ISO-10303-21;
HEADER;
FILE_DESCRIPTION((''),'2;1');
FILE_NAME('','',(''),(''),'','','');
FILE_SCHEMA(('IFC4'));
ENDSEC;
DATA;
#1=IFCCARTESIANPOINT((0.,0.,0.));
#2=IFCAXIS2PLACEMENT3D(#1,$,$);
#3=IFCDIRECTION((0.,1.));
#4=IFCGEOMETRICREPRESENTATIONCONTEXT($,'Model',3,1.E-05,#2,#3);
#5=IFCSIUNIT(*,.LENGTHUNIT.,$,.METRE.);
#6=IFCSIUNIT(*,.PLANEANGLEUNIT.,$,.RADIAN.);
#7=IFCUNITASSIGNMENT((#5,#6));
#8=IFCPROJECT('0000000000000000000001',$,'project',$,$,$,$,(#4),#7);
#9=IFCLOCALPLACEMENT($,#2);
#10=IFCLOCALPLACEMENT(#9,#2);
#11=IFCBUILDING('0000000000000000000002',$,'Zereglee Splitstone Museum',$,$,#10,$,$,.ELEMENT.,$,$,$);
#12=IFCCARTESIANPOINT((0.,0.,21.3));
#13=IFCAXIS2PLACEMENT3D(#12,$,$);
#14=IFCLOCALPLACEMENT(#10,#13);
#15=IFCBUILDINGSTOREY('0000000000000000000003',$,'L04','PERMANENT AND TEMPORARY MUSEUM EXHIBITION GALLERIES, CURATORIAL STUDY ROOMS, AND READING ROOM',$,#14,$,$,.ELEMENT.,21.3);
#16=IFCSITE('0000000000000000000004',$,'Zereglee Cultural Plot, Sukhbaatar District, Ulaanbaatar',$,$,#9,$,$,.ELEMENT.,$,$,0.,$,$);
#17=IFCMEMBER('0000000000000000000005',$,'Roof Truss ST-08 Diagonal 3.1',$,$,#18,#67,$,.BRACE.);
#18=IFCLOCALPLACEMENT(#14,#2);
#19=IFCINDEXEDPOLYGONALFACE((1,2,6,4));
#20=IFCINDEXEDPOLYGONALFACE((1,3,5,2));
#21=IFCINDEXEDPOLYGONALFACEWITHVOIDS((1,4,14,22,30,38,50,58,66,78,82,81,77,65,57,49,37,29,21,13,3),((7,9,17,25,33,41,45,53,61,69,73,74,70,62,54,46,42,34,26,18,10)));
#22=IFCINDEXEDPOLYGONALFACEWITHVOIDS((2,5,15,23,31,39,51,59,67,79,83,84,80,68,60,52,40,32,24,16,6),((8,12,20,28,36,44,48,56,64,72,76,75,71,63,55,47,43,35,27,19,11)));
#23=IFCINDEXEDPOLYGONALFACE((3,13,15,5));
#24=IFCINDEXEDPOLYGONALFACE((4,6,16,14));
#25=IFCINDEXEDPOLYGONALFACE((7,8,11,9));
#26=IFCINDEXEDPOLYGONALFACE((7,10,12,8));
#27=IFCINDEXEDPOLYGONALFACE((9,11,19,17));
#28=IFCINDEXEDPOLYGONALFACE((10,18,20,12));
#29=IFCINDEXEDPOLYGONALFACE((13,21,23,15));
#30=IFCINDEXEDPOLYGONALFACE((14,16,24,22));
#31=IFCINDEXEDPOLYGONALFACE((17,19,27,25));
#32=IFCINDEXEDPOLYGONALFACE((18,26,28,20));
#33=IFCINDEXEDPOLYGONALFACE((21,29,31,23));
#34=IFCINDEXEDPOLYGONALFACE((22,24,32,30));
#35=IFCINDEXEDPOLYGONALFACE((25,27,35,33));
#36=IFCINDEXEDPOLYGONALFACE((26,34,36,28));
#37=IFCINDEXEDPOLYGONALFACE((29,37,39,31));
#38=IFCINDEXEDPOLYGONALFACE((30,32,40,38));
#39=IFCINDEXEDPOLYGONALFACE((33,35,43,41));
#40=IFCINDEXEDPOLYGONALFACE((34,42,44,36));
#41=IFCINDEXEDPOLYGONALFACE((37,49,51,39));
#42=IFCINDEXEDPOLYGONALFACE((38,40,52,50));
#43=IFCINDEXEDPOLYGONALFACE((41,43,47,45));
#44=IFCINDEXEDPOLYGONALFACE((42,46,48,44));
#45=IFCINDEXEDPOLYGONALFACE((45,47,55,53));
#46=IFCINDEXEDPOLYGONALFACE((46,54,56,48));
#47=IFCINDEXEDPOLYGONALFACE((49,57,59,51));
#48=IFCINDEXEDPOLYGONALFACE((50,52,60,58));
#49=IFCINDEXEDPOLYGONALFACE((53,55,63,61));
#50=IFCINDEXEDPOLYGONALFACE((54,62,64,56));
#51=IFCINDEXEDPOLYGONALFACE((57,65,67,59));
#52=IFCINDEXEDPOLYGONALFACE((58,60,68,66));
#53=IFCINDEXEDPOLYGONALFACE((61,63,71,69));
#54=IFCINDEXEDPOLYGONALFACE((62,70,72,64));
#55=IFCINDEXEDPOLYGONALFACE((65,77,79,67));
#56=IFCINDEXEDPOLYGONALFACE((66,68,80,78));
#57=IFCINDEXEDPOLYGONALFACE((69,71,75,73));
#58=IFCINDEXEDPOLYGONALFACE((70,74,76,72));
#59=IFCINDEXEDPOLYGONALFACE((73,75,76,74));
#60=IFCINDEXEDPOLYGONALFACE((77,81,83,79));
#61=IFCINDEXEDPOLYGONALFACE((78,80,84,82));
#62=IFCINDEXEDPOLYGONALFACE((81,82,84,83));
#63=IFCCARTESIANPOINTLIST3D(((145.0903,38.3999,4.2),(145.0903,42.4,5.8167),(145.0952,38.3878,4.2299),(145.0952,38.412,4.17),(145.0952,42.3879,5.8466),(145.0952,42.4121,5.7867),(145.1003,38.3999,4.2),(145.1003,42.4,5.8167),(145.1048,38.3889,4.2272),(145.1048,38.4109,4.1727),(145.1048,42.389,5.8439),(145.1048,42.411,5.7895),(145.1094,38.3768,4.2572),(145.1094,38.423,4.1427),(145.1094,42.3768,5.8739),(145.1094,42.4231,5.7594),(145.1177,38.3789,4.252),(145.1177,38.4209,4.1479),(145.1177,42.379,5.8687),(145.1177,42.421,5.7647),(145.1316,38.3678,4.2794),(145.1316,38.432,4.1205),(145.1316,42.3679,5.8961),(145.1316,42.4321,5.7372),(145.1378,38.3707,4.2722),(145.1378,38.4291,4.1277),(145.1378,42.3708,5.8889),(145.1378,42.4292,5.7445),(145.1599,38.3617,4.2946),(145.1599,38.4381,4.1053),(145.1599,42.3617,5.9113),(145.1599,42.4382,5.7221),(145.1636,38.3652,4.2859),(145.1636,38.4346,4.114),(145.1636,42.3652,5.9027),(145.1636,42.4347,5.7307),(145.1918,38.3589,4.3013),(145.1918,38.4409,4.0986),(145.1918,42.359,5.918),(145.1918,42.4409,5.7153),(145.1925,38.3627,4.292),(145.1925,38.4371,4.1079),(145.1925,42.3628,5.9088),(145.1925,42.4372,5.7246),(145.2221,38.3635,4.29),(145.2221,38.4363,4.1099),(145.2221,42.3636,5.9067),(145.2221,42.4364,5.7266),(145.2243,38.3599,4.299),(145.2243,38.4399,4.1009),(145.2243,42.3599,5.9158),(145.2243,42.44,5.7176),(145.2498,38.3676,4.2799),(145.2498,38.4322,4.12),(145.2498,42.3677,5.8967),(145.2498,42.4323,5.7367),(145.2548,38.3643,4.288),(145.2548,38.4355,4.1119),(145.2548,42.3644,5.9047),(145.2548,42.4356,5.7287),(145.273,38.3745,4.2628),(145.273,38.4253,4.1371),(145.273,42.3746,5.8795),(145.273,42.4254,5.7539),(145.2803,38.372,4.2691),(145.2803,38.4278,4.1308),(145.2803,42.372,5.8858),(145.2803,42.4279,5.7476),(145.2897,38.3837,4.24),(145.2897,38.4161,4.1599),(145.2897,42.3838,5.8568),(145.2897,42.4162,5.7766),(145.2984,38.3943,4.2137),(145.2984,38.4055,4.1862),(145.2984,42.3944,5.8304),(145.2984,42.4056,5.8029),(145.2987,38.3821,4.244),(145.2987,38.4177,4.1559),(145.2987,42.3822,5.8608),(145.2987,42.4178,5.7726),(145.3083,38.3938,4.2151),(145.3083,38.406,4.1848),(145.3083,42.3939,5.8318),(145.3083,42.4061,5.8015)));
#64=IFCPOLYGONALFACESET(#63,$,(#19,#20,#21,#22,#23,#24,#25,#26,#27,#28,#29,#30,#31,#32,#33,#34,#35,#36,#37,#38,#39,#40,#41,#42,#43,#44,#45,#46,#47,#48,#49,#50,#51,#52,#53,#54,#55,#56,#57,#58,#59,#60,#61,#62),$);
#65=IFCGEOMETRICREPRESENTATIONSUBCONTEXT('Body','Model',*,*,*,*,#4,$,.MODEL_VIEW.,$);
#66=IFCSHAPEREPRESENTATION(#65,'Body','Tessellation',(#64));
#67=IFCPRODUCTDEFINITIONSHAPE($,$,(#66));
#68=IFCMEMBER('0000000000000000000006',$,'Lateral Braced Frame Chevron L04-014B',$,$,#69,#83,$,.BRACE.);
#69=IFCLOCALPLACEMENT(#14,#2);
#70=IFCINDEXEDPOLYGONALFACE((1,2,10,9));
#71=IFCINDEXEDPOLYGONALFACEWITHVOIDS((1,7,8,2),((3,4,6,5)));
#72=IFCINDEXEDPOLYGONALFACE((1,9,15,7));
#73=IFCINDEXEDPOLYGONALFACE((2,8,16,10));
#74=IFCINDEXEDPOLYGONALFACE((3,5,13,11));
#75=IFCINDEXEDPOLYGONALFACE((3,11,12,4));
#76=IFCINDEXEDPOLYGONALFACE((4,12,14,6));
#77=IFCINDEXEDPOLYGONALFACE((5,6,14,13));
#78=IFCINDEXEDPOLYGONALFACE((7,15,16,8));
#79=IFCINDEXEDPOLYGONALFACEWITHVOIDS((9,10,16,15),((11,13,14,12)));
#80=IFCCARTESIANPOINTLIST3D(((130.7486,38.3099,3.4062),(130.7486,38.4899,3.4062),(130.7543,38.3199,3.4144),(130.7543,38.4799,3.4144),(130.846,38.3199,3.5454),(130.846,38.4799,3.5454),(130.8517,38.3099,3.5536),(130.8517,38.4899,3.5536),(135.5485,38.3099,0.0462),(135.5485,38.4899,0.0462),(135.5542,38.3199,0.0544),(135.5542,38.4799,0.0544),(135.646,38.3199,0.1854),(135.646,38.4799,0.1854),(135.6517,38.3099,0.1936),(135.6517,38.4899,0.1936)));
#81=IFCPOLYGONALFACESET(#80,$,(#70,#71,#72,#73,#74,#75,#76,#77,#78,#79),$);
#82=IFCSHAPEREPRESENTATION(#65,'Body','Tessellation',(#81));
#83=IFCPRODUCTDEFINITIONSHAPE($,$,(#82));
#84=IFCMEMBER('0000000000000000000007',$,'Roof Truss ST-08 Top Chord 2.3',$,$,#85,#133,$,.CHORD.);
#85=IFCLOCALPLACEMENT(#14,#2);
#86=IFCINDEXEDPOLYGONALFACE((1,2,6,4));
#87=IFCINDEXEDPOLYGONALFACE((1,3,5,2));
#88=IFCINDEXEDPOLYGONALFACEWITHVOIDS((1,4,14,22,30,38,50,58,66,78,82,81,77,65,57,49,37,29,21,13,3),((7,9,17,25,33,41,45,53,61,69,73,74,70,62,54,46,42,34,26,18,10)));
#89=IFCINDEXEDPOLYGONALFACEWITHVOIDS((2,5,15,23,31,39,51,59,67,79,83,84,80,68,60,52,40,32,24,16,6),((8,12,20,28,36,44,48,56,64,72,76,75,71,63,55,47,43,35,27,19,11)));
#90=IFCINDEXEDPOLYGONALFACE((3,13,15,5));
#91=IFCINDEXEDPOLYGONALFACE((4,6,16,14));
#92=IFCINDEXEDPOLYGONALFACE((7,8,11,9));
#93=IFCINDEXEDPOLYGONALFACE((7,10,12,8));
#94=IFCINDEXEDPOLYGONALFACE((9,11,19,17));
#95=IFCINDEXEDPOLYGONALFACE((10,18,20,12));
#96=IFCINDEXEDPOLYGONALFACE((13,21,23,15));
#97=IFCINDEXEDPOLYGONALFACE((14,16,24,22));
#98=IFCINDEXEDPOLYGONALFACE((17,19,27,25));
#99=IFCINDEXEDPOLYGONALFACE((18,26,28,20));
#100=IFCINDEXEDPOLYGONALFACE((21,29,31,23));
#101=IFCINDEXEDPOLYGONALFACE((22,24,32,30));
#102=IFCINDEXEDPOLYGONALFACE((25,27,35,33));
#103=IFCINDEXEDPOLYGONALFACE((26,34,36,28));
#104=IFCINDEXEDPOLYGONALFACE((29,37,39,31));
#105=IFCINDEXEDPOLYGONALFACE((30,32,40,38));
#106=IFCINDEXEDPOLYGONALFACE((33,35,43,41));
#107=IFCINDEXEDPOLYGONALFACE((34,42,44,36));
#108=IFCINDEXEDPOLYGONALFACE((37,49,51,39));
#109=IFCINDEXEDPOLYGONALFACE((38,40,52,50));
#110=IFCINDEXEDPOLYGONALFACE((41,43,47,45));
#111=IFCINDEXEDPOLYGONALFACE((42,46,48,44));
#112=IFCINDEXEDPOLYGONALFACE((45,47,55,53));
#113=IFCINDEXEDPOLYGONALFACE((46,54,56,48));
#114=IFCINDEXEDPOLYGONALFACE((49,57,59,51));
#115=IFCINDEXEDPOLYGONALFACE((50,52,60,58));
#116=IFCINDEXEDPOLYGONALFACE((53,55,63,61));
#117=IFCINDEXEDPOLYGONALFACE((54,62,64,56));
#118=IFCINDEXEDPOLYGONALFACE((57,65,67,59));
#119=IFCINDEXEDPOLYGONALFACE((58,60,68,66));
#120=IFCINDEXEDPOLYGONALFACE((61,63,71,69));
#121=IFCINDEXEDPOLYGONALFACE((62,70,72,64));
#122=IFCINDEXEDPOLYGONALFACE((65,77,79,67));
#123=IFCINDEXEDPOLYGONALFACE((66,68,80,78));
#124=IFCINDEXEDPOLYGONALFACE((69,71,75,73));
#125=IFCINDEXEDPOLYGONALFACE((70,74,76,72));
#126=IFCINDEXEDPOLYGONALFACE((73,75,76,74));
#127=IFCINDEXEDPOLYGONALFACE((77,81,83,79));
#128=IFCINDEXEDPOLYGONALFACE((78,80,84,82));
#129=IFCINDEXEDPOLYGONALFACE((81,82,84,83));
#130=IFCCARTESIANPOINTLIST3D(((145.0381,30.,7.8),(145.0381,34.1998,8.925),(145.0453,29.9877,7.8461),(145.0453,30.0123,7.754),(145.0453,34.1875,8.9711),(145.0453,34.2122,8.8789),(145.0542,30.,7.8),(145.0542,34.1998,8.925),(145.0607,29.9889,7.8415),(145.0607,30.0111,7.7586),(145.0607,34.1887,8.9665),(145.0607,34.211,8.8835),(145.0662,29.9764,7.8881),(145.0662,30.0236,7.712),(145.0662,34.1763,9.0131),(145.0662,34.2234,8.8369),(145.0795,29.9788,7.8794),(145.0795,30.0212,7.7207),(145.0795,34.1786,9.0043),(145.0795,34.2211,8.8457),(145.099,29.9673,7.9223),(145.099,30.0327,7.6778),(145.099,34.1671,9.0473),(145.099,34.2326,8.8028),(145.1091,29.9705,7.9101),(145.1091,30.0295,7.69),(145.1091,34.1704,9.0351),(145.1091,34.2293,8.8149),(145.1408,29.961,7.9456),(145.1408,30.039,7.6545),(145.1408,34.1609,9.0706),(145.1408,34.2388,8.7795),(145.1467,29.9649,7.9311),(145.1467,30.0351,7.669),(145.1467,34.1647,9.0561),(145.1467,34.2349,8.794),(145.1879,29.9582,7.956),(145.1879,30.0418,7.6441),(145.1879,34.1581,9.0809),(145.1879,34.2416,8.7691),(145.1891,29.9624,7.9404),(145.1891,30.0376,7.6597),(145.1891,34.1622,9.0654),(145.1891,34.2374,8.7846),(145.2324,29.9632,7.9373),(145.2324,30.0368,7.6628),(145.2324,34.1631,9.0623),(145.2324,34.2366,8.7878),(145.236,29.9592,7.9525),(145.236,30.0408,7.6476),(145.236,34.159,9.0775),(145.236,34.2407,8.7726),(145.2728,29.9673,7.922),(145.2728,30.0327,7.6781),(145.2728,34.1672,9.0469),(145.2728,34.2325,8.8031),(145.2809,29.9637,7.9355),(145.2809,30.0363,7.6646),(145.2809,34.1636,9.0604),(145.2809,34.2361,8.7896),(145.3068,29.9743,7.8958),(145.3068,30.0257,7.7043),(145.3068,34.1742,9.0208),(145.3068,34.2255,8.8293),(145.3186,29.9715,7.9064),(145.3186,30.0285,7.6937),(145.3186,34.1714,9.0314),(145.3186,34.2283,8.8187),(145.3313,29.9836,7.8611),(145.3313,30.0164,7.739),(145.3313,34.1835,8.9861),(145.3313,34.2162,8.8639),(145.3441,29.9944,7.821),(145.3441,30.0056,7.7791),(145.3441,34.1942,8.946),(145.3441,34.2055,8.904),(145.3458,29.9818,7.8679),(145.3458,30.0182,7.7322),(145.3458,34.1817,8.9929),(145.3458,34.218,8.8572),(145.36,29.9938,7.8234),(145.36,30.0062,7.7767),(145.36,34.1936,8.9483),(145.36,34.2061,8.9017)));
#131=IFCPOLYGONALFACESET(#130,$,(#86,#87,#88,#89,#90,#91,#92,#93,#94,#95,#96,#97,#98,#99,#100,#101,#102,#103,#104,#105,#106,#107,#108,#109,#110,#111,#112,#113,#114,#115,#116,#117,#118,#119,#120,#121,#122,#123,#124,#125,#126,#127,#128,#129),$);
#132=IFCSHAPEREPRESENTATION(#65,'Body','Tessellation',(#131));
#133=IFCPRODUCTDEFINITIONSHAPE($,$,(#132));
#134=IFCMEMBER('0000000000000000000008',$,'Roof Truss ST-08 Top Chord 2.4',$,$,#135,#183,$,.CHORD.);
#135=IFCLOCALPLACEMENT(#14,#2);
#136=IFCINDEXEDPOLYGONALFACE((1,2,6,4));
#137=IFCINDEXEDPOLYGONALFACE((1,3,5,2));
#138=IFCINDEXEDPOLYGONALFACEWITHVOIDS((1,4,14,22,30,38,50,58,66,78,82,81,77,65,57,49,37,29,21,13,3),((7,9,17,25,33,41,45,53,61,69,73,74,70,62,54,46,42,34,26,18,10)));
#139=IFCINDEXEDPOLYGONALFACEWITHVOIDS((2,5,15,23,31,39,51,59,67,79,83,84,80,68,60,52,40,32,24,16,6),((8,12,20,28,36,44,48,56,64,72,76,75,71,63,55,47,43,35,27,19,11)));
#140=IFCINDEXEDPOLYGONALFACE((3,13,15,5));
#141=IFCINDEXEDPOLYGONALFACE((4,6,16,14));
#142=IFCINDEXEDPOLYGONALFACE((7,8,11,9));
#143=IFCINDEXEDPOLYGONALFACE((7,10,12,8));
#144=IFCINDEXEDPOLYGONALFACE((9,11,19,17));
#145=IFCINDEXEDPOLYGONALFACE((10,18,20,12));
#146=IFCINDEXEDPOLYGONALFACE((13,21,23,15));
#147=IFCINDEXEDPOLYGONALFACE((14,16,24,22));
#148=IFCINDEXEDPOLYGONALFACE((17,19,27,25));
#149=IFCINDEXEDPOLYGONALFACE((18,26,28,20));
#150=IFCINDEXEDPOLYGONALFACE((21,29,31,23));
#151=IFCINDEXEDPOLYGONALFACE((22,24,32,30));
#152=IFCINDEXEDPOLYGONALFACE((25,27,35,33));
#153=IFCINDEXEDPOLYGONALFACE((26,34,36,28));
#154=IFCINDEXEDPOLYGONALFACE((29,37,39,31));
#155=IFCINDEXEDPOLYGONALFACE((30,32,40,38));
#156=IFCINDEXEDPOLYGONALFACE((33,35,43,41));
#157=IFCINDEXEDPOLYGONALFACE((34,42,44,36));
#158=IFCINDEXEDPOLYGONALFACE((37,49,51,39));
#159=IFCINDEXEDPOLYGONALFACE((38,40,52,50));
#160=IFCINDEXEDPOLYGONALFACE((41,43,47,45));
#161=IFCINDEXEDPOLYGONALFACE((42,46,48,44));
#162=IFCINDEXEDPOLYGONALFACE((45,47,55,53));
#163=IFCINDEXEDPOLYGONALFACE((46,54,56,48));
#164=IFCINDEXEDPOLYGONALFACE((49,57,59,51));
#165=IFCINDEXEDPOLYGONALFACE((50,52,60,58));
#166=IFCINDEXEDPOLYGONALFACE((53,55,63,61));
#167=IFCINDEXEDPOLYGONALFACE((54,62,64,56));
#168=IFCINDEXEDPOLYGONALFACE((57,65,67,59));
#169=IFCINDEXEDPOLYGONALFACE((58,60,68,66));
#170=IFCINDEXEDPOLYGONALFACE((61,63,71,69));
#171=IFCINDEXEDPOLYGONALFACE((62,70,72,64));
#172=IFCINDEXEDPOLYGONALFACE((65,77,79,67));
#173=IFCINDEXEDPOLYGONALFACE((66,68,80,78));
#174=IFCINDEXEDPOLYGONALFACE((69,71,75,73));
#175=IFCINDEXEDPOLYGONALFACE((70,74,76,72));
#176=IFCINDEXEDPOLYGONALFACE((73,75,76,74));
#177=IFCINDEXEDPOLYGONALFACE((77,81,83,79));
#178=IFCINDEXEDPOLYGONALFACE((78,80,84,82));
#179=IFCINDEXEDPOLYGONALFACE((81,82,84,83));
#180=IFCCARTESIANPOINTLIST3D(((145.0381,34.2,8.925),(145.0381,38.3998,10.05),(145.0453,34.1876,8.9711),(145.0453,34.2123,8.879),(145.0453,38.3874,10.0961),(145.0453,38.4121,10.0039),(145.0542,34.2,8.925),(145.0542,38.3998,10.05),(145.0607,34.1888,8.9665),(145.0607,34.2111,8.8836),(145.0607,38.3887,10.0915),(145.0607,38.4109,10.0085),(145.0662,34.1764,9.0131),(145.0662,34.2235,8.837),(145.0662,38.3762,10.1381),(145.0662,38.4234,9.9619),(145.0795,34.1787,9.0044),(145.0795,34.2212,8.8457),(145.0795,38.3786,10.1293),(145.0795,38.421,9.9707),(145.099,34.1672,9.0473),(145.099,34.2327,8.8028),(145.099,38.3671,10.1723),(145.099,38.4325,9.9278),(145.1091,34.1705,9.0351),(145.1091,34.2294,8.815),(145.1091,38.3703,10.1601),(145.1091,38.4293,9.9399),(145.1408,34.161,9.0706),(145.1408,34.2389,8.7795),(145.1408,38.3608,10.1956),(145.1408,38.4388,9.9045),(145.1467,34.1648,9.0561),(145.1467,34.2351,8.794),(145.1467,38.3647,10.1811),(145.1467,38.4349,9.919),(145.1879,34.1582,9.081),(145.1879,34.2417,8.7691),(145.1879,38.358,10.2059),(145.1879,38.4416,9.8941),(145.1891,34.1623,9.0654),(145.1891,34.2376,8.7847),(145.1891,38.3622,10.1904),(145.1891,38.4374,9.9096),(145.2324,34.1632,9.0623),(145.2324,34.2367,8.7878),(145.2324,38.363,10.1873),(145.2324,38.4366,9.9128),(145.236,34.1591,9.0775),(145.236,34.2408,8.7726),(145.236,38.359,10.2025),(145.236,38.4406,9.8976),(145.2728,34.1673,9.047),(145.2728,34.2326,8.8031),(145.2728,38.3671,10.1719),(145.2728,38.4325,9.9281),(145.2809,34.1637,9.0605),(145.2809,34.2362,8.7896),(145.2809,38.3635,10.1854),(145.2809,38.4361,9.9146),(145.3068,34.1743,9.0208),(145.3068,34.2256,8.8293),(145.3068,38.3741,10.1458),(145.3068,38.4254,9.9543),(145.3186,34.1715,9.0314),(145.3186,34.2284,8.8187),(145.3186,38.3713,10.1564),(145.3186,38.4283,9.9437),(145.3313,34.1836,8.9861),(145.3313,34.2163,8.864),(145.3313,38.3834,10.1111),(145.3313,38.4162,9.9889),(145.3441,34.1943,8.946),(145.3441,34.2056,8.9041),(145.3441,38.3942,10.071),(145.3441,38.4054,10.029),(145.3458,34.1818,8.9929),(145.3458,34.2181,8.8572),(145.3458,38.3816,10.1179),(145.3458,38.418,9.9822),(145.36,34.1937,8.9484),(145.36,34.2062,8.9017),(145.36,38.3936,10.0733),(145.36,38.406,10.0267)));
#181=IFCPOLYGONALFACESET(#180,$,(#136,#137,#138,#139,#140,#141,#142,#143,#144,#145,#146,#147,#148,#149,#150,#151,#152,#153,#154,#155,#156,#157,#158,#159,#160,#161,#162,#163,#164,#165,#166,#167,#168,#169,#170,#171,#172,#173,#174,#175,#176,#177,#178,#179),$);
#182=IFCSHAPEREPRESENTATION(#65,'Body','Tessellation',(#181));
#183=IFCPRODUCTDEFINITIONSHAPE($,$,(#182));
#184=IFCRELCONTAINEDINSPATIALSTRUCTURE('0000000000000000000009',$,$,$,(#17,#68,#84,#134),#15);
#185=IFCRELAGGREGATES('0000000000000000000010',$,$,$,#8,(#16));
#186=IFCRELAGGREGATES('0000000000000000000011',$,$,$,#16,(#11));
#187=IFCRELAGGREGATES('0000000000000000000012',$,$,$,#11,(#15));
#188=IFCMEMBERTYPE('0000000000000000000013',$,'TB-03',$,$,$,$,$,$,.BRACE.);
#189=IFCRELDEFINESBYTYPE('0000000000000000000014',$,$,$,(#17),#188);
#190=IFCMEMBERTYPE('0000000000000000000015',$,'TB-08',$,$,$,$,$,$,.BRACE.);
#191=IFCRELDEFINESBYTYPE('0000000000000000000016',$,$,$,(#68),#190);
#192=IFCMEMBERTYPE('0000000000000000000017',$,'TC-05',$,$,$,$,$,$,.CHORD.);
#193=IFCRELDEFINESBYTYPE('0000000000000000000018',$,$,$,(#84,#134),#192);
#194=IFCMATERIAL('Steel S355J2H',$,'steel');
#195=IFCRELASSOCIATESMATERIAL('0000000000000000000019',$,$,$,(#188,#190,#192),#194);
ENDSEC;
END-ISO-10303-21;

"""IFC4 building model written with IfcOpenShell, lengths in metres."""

from ifc_helpers import new_model, si_unit, direction, frame, origin, origin_2d, place, context, subcontext, project, spatial, hollow_rectangle, hollow_circle, extrude, material, material_profile, profile_set, type_object, element, save


model = new_model("IFC4")

# Units and contexts
model_context = context("Model", 3, precision=1e-05, world=origin(), true_north=direction((0.0, 1.0)))
body_context = subcontext(model_context, "Body", "Model", "MODEL_VIEW")
ifc_project = project(units=[si_unit("LENGTHUNIT", "METRE"), si_unit("PLANEANGLEUNIT", "RADIAN")], contexts=[model_context])

# Site, building, storey
site_placement = place(None, origin())
site = spatial("IfcSite", under=ifc_project, at=site_placement, Name="Zereglee Cultural Plot, Sukhbaatar District, Ulaanbaatar", CompositionType="ELEMENT", RefElevation=0.0)
building_placement = place(site_placement, origin())
building = spatial("IfcBuilding", under=site, at=building_placement, Name="Zereglee Splitstone Museum", CompositionType="ELEMENT")
storey_placement = place(building_placement, frame((0.0, 0.0, 21.3)))
storey = spatial("IfcBuildingStorey", under=building, at=storey_placement, Name="L04", Description="PERMANENT AND TEMPORARY MUSEUM EXHIBITION GALLERIES, CURATORIAL STUDY ROOMS, AND READING ROOM", CompositionType="ELEMENT", Elevation=21.3)

# Shared definitions
ifc_material_1 = material(Name="Steel S355J2H", Category="steel")

# Members
ifc_material_profile_1 = material_profile(ifc_material_1, hollow_circle(Radius=0.1096, WallThickness=0.01, at=origin_2d()), Name="CHS 219.1x10")
ifc_profile_set_1 = profile_set([ifc_material_profile_1], Name="Steel S355J2H")
member_type_1 = type_object("IfcMemberType", Name="TB-03", PredefinedType="BRACE", material=ifc_profile_set_1)
member_1_placement = place(storey_placement, frame((145.2, 38.3999, 4.2), z_axis=(0.0, 0.927136, 0.374725), x_axis=(-1.0, 0.0, 0.0)))
element("IfcMember", 1, at=member_1_placement, inside=storey, type_object=member_type_1, Name="Roof Truss ST-08 Diagonal 3.1", PredefinedType="BRACE", context=body_context, shape_type="SweptSolid", body=[
    extrude(hollow_circle(Radius=0.1096, WallThickness=0.01, at=origin_2d()), origin(), (0.0, 0.0, 1.0), 4.3145),
])
ifc_material_profile_2 = material_profile(ifc_material_1, hollow_rectangle(XDim=0.1799, YDim=0.1799, WallThickness=0.01, at=origin_2d()), Name="SHS 180x180x10")
ifc_profile_set_2 = profile_set([ifc_material_profile_2], Name="Steel S355J2H")
member_type_2 = type_object("IfcMemberType", Name="TB-08", PredefinedType="BRACE", material=ifc_profile_set_2)
member_2_placement = place(storey_placement, frame((135.6001, 38.3999, 0.1199), z_axis=(-0.819226, 0.0, 0.573471), x_axis=(0.0, -1.0, 0.0)))
element("IfcMember", 2, at=member_2_placement, inside=storey, type_object=member_type_2, Name="Lateral Braced Frame Chevron L04-014B", PredefinedType="BRACE", context=body_context, shape_type="SweptSolid", body=[
    extrude(hollow_rectangle(XDim=0.1799, YDim=0.1799, WallThickness=0.01, at=origin_2d()), origin(), (0.0, 0.0, 1.0), 5.8591),
])
ifc_material_profile_3 = material_profile(ifc_material_1, hollow_circle(Radius=0.1619, WallThickness=0.0161, at=origin_2d()), Name="CHS 323.9x16")
ifc_profile_set_3 = profile_set([ifc_material_profile_3], Name="Steel S355J2H")
member_type_3 = type_object("IfcMemberType", Name="TC-05", PredefinedType="CHORD", material=ifc_profile_set_3)
for number, where, z_axis, x_axis, name in (
    (3, (145.2, 30.0, 7.8), (0.0, 0.965947, 0.258739), (-1.0, 0.0, 0.0), "Roof Truss ST-08 Top Chord 2.3"),
    (4, (145.2, 34.2, 8.925), (0.0, 0.965947, 0.258739), (-1.0, 0.0, 0.0), "Roof Truss ST-08 Top Chord 2.4"),
):
    element("IfcMember", number, at=place(storey_placement, frame(where, z_axis=z_axis, x_axis=x_axis)), inside=storey, type_object=member_type_3, Name=name, PredefinedType="CHORD", context=body_context, shape_type="SweptSolid", body=[
        extrude(hollow_circle(Radius=0.1619, WallThickness=0.0161, at=origin_2d()), origin(), (0.0, 0.0, 1.0), 4.3479),
    ])

save(model, "model.ifc")
